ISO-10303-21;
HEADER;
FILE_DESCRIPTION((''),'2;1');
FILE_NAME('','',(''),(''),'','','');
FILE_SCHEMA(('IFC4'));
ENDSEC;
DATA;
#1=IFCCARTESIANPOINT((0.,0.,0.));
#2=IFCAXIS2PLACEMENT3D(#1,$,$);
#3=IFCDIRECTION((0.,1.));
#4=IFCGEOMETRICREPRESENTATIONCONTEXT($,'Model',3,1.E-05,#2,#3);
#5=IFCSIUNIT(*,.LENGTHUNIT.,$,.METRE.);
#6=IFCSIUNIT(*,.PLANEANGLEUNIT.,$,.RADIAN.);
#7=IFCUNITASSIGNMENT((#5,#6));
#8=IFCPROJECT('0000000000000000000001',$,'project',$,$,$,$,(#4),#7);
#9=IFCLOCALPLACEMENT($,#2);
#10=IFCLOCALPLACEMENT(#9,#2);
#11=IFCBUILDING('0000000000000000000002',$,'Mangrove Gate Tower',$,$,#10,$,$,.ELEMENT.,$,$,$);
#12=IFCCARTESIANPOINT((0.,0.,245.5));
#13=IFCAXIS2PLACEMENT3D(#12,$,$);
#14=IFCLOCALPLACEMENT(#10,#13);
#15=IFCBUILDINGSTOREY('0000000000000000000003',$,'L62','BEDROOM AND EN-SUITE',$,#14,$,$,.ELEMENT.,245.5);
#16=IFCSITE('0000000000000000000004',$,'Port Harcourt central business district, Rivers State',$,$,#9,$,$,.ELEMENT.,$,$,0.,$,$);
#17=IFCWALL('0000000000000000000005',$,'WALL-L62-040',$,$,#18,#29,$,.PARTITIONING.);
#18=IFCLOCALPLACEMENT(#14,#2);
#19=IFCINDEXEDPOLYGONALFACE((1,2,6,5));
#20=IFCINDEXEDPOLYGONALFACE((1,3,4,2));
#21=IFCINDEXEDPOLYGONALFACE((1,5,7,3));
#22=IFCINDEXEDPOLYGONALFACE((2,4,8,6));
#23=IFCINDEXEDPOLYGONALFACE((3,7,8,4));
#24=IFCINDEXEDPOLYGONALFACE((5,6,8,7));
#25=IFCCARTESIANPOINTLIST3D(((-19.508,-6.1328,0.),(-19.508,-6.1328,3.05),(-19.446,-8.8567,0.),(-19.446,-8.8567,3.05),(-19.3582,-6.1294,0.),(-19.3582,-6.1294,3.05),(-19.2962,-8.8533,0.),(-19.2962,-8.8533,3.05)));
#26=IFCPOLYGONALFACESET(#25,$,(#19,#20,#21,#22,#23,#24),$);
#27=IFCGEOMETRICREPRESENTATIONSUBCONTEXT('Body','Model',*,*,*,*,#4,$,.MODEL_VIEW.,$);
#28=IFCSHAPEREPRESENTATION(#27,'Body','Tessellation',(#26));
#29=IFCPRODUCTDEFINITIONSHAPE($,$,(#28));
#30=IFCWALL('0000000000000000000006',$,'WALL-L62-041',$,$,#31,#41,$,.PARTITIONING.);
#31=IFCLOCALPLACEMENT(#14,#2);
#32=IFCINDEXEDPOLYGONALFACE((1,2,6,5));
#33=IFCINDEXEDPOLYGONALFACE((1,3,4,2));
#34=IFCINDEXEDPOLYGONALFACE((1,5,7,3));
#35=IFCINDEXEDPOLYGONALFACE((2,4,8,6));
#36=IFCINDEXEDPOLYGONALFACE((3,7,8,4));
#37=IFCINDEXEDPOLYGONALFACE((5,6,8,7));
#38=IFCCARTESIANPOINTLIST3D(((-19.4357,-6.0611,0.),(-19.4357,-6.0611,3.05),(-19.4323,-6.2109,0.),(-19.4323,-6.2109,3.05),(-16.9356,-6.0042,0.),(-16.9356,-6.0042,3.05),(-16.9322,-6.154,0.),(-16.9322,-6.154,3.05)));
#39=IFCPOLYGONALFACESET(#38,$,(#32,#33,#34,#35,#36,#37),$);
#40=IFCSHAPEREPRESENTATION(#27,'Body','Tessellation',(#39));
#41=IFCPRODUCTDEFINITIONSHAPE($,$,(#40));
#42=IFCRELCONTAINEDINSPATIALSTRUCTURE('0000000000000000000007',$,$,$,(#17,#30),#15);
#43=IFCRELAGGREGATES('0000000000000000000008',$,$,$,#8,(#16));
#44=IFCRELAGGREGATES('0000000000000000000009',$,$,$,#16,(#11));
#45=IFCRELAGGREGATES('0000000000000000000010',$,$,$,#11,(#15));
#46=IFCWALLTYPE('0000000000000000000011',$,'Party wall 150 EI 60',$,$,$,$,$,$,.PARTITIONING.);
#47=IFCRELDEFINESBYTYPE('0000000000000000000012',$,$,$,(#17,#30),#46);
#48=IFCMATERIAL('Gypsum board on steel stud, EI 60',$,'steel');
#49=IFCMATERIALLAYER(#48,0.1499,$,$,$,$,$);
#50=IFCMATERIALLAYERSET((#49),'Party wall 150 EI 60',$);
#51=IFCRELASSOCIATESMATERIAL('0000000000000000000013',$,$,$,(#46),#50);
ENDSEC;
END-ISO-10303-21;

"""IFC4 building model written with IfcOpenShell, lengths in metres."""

from ifc_helpers import new_model, si_unit, direction, frame, frame_2d, origin, place, context, subcontext, project, spatial, rectangle, extrude, material, layer, layer_set, type_object, element, save


model = new_model("IFC4")

# Units and contexts
model_context = context("Model", 3, precision=1e-05, world=origin(), true_north=direction((0.0, 1.0)))
body_context = subcontext(model_context, "Body", "Model", "MODEL_VIEW")
ifc_project = project(units=[si_unit("LENGTHUNIT", "METRE"), si_unit("PLANEANGLEUNIT", "RADIAN")], contexts=[model_context])

# Site, building, storey
site_placement = place(None, origin())
site = spatial("IfcSite", under=ifc_project, at=site_placement, Name="Port Harcourt central business district, Rivers State", CompositionType="ELEMENT", RefElevation=0.0)
building_placement = place(site_placement, origin())
building = spatial("IfcBuilding", under=site, at=building_placement, Name="Mangrove Gate Tower", CompositionType="ELEMENT")
storey_placement = place(building_placement, frame((0.0, 0.0, 245.5)))
storey = spatial("IfcBuildingStorey", under=building, at=storey_placement, Name="L62", Description="BEDROOM AND EN-SUITE", CompositionType="ELEMENT", Elevation=245.5)

# Walls
ifc_material_1 = material(Name="Gypsum board on steel stud, EI 60", Category="steel")
ifc_layer_1 = layer(ifc_material_1, 0.1499)
ifc_layer_set_1 = layer_set([ifc_layer_1], Name="Party wall 150 EI 60")
wall_type_1 = type_object("IfcWallType", Name="Party wall 150 EI 60", PredefinedType="PARTITIONING", material=ifc_layer_set_1)
wall_1_placement = place(storey_placement, frame((-19.3711, -8.855, 0.0), z_axis=(0.0, 0.0, 1.0), x_axis=(-0.02276, 0.999741, 0.0)))
element("IfcWall", 1, at=wall_1_placement, inside=storey, type_object=wall_type_1, Name="WALL-L62-040", PredefinedType="PARTITIONING", context=body_context, shape_type="SweptSolid", body=[
    extrude(rectangle(XDim=2.7246, YDim=0.1499, at=frame_2d((1.3623, 0.0))), origin(), (0.0, 0.0, 1.0), 3.05),
])
wall_2_placement = place(storey_placement, frame((-19.4341, -6.136, 0.0), z_axis=(0.0, 0.0, 1.0), x_axis=(0.999741, 0.022748, 0.0)))
element("IfcWall", 2, at=wall_2_placement, inside=storey, type_object=wall_type_1, Name="WALL-L62-041", PredefinedType="PARTITIONING", context=body_context, shape_type="SweptSolid", body=[
    extrude(rectangle(XDim=2.5007, YDim=0.1499, at=frame_2d((1.2505, 0.0))), origin(), (0.0, 0.0, 1.0), 3.05),
])

save(model, "model.ifc")
